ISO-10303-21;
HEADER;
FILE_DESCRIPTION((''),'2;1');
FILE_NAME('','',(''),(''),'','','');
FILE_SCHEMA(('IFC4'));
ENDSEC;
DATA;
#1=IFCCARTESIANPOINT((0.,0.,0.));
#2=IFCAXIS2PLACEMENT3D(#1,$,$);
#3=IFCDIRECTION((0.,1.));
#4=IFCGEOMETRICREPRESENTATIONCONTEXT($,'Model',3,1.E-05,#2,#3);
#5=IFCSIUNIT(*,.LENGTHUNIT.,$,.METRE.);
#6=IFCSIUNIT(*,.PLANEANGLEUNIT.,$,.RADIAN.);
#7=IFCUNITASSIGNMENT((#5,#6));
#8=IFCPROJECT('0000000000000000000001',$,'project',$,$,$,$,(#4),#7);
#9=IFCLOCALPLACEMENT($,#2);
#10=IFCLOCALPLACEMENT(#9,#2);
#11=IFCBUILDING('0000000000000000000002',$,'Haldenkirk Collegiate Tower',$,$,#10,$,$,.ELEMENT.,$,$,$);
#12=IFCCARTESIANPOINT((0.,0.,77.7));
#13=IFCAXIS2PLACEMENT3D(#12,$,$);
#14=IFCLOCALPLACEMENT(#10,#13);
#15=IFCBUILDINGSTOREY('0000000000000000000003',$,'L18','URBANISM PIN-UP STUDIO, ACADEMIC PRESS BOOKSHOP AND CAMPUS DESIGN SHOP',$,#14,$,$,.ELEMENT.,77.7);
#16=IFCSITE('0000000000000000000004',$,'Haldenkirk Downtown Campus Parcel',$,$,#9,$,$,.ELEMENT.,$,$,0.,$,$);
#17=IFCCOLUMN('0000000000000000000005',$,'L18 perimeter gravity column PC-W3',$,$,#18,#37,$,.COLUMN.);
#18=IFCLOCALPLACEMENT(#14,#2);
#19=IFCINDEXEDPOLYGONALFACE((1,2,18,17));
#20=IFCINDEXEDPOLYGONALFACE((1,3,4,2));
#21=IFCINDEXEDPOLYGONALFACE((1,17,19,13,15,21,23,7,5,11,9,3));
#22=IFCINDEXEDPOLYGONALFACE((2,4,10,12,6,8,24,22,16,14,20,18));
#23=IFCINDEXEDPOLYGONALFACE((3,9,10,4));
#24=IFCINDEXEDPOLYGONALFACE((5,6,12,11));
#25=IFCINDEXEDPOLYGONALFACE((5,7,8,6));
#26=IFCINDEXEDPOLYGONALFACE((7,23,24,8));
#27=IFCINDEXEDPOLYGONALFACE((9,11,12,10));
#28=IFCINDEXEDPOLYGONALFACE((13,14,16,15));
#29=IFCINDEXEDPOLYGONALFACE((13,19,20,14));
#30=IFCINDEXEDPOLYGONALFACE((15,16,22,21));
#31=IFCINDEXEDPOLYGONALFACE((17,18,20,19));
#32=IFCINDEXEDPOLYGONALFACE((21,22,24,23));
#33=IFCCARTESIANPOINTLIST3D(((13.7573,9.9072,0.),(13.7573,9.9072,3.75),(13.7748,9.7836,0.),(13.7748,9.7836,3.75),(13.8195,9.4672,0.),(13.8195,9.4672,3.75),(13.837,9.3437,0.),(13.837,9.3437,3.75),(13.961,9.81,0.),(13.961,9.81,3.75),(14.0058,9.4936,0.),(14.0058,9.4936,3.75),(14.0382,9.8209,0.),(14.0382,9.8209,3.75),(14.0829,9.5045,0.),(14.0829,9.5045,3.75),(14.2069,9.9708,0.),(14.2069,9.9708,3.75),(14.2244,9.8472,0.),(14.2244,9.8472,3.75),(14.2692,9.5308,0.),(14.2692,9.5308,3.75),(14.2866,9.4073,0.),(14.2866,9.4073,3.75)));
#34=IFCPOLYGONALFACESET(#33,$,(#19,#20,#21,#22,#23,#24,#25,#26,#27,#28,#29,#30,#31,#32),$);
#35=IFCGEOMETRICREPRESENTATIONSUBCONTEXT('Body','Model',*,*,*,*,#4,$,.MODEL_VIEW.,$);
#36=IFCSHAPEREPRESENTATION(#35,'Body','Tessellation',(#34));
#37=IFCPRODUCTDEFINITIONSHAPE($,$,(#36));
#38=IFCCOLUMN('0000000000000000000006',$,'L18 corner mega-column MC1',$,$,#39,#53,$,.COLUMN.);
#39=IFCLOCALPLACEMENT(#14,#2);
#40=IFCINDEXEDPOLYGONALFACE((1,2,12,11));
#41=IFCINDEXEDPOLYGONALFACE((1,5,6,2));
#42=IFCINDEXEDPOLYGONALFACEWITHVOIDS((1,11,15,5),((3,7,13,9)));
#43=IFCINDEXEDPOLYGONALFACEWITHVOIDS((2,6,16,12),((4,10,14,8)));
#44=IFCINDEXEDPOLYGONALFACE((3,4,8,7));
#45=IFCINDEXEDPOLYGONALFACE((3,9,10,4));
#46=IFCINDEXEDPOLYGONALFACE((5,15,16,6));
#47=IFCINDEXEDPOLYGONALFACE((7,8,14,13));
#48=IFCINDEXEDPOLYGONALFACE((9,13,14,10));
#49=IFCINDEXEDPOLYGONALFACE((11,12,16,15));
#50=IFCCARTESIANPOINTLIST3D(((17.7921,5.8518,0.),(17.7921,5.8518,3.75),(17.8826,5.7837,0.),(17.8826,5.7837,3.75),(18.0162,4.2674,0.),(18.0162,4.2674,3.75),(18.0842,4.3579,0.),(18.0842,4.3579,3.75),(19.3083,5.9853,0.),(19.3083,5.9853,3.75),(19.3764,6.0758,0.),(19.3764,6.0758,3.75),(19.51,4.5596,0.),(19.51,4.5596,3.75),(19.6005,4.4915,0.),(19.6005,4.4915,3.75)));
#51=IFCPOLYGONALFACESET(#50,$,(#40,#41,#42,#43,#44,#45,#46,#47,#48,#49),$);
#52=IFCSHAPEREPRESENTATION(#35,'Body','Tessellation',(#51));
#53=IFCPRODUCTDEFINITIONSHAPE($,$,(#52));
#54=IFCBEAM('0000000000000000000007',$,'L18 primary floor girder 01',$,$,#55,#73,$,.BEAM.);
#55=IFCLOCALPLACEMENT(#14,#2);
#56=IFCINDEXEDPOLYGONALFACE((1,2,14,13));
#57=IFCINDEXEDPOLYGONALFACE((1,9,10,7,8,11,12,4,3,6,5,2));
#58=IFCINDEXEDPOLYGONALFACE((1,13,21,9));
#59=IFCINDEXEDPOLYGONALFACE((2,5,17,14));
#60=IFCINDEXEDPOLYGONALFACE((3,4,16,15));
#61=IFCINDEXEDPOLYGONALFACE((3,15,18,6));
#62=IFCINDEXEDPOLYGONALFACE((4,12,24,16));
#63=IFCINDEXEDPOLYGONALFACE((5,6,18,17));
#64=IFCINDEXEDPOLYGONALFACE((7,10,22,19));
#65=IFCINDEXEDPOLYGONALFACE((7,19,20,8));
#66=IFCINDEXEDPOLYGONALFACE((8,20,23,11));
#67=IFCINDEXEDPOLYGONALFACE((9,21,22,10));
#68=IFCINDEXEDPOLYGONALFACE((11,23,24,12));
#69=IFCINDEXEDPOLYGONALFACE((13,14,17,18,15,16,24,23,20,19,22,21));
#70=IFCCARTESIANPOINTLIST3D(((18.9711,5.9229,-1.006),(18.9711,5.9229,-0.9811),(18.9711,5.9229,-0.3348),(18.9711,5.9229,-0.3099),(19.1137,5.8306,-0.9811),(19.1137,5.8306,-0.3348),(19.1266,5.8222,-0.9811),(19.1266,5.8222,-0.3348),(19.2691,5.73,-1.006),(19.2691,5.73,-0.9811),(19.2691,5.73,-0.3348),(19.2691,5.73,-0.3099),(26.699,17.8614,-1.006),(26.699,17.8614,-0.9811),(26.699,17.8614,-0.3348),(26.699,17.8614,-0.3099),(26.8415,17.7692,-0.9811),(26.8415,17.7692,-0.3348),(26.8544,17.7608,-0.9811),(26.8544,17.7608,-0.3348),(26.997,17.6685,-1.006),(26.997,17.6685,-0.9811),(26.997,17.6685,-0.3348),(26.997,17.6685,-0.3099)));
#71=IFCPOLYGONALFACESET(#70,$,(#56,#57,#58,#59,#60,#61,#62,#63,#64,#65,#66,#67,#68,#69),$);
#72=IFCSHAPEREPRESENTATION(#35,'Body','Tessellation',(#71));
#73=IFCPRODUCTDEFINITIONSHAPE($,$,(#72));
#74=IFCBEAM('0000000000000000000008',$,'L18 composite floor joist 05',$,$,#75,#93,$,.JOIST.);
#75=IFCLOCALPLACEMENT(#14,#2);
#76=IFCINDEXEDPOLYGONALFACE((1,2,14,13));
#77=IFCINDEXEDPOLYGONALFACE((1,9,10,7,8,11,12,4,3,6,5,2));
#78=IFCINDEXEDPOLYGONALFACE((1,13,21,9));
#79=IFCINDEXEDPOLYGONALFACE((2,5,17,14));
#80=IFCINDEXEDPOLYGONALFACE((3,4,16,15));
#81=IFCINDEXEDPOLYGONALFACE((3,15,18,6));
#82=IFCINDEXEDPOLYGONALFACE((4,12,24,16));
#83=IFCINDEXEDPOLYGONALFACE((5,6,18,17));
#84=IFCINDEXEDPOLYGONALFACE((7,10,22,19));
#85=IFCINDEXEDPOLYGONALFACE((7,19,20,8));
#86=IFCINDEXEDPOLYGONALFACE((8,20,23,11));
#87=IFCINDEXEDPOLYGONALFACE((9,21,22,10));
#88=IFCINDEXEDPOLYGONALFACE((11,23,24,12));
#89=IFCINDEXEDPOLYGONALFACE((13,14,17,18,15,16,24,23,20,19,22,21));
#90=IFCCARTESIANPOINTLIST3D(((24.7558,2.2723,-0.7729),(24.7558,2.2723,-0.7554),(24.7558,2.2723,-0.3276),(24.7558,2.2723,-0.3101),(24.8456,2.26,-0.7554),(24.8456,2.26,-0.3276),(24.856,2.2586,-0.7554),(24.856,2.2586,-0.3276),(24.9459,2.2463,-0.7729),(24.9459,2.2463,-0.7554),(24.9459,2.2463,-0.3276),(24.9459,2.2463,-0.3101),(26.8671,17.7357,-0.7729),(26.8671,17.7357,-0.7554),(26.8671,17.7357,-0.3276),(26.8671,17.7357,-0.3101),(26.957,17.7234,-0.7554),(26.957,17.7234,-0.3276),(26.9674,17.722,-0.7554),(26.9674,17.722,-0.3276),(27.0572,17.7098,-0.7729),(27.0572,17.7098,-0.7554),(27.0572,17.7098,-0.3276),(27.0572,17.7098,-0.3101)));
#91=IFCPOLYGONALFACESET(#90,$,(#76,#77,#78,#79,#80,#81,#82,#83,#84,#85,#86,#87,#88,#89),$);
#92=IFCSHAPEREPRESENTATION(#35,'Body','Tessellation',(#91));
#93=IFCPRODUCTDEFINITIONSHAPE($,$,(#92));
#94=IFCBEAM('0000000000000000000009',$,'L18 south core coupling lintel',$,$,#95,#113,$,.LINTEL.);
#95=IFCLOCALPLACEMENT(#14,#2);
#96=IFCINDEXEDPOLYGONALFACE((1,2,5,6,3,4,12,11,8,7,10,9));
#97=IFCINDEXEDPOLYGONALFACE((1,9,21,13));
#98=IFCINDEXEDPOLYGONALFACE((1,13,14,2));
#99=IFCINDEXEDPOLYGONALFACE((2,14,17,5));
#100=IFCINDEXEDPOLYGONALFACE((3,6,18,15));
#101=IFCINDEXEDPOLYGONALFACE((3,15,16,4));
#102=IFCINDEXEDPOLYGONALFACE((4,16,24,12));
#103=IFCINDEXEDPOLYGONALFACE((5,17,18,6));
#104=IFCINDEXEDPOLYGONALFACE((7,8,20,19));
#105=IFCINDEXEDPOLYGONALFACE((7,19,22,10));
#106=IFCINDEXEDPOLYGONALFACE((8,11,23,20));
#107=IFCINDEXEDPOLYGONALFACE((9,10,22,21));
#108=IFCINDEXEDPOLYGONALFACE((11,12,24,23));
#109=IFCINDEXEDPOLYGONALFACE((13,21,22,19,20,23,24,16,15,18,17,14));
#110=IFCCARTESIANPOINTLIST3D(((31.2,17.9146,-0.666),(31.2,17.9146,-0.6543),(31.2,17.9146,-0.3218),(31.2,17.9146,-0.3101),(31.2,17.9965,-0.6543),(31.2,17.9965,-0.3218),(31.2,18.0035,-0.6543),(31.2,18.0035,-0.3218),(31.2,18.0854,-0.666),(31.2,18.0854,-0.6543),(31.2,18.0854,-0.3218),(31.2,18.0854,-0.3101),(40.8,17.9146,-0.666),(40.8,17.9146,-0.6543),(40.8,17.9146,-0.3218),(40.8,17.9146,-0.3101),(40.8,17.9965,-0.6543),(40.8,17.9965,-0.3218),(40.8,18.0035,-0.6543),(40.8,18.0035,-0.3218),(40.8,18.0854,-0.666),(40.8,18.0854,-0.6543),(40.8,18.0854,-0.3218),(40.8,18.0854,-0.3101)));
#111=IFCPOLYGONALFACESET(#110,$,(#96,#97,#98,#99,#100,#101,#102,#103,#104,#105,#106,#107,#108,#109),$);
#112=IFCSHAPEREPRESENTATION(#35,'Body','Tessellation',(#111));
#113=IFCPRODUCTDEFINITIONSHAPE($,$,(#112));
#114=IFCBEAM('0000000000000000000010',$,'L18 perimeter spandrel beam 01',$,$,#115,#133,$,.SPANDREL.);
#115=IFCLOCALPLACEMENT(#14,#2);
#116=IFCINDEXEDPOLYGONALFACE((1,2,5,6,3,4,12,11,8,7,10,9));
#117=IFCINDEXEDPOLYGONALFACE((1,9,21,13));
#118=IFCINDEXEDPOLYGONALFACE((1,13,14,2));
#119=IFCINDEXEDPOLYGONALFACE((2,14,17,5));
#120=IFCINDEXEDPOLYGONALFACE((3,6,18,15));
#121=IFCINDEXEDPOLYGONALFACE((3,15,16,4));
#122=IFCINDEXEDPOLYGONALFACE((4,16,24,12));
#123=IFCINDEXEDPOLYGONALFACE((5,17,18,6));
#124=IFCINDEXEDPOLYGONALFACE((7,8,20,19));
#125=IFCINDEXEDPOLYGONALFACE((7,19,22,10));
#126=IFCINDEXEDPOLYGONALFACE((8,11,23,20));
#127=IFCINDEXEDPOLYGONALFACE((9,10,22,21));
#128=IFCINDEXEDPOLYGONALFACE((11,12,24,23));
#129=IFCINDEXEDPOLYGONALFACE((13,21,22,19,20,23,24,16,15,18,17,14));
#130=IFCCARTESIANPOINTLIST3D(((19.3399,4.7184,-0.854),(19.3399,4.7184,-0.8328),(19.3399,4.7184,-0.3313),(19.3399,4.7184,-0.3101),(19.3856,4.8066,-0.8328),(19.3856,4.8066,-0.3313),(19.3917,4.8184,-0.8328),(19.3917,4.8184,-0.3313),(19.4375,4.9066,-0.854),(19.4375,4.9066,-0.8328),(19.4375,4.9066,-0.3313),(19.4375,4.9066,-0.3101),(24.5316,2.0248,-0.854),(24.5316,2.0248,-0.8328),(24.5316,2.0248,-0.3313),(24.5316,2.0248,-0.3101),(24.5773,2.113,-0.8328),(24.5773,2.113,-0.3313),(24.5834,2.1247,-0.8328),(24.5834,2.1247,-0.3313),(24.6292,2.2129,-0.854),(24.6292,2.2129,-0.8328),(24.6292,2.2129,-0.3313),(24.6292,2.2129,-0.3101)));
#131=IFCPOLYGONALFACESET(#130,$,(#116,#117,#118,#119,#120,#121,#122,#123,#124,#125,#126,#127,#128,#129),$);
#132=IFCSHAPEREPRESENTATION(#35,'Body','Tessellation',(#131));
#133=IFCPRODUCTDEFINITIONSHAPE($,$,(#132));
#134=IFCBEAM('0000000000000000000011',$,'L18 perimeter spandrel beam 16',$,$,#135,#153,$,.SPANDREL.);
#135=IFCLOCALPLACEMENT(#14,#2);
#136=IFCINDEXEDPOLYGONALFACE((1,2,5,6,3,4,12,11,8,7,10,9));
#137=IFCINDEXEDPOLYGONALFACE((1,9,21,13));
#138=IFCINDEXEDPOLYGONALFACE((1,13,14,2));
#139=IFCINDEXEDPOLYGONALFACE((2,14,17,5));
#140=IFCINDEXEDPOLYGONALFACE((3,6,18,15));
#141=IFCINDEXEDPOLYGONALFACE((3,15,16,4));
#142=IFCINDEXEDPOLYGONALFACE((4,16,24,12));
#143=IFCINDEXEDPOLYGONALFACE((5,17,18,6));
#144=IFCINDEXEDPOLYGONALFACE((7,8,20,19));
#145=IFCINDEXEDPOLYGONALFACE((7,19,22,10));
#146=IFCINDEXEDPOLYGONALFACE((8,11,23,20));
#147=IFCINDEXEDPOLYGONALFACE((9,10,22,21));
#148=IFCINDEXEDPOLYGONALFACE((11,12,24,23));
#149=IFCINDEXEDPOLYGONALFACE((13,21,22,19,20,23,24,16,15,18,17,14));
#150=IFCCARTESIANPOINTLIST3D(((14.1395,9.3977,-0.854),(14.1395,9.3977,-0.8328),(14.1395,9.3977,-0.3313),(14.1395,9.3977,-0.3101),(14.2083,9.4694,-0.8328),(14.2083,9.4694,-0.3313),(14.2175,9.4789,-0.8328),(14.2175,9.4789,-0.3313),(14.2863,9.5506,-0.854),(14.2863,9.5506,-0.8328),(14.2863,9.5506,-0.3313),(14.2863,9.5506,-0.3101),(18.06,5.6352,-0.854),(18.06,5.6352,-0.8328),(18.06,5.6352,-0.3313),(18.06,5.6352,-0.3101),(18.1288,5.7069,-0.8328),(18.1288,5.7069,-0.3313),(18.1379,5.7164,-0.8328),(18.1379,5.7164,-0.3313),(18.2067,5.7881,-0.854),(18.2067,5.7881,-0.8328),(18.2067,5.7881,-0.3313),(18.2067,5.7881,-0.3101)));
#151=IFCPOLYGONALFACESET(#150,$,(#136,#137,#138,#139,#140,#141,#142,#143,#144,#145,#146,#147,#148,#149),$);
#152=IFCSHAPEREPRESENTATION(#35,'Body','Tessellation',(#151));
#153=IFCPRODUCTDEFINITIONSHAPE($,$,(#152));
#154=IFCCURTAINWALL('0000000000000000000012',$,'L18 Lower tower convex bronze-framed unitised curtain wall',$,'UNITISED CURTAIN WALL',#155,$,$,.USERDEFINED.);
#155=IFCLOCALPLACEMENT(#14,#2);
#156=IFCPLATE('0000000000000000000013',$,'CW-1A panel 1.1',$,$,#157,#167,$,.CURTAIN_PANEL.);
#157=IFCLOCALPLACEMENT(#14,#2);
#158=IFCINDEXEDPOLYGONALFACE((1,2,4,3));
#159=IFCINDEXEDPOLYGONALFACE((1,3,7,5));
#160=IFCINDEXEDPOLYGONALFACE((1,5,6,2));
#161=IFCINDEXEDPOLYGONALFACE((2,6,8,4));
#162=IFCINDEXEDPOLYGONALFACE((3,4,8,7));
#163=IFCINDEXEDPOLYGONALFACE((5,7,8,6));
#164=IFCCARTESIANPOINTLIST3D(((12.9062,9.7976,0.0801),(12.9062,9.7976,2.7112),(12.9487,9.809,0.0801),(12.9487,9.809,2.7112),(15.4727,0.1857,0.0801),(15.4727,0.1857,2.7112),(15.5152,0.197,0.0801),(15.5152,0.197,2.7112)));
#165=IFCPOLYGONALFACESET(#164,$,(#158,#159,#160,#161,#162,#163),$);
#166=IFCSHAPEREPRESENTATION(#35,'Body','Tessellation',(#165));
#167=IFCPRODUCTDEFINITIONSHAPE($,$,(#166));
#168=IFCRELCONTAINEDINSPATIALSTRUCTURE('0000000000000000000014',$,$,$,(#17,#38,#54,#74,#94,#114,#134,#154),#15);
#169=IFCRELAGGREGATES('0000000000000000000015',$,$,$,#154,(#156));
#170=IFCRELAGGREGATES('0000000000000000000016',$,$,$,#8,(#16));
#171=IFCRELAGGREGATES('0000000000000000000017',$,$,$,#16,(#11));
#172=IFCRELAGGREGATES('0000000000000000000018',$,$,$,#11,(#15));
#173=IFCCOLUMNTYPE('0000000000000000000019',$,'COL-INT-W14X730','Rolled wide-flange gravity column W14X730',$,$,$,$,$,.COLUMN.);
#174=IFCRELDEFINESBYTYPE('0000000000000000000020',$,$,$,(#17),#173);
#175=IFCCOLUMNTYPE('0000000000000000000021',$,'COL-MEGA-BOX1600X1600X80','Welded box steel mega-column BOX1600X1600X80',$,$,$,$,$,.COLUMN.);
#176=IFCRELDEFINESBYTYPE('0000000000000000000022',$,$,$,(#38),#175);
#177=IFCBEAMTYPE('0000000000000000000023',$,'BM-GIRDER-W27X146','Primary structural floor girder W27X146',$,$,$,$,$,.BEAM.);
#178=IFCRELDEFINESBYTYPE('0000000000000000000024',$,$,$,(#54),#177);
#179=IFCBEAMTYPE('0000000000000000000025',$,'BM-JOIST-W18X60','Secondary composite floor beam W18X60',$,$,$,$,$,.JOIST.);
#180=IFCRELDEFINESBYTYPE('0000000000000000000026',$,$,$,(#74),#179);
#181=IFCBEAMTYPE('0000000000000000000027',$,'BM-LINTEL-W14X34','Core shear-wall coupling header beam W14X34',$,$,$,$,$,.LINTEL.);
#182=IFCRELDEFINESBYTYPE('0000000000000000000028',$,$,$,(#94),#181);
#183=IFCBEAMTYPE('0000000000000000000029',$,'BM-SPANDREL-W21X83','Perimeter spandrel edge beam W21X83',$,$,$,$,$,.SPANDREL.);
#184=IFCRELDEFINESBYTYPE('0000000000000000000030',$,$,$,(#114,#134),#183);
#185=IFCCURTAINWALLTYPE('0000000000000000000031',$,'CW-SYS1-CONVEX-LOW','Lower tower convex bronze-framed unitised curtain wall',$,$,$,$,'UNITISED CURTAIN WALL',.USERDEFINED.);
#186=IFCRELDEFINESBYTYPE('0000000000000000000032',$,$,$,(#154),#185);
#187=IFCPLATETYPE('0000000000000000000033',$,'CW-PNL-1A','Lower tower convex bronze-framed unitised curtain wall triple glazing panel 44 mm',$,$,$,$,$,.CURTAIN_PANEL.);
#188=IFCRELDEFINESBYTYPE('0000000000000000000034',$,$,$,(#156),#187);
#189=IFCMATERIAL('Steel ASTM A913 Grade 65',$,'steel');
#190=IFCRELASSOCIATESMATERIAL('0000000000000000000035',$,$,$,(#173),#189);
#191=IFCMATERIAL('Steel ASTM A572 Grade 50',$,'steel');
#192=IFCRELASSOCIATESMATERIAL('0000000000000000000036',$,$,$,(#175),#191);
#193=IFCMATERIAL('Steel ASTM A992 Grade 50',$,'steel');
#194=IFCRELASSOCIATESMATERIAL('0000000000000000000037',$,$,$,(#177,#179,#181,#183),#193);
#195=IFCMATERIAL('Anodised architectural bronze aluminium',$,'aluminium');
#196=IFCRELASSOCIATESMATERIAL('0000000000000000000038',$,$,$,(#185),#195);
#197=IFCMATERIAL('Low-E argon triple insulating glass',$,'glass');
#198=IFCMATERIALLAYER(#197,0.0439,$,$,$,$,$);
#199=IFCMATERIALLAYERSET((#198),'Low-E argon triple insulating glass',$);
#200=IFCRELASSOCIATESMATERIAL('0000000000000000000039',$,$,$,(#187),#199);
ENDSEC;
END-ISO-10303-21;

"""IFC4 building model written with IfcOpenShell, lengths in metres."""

from ifc_helpers import new_model, si_unit, direction, frame, origin, origin_2d, place, context, subcontext, project, spatial, rectangle, hollow_rectangle, i_section, extrude, source, transform, mapped, material, layer, layer_set, material_profile, profile_set, type_object, element, aggregate, save


model = new_model("IFC4")

# Units and contexts
model_context = context("Model", 3, precision=1e-05, world=origin(), true_north=direction((0.0, 1.0)))
body_context = subcontext(model_context, "Body", "Model", "MODEL_VIEW")
ifc_project = project(units=[si_unit("LENGTHUNIT", "METRE"), si_unit("PLANEANGLEUNIT", "RADIAN")], contexts=[model_context])

# Site, building, storey
site_placement = place(None, origin())
site = spatial("IfcSite", under=ifc_project, at=site_placement, Name="Haldenkirk Downtown Campus Parcel", CompositionType="ELEMENT", RefElevation=0.0)
building_placement = place(site_placement, origin())
building = spatial("IfcBuilding", under=site, at=building_placement, Name="Haldenkirk Collegiate Tower", CompositionType="ELEMENT")
storey_placement = place(building_placement, frame((0.0, 0.0, 77.7)))
storey = spatial("IfcBuildingStorey", under=building, at=storey_placement, Name="L18", Description="URBANISM PIN-UP STUDIO, ACADEMIC PRESS BOOKSHOP AND CAMPUS DESIGN SHOP", CompositionType="ELEMENT", Elevation=77.7)

# Columns
ifc_material_1 = material(Name="Steel ASTM A913 Grade 65", Category="steel")
ifc_material_profile_1 = material_profile(ifc_material_1, i_section(OverallWidth=0.4541, OverallDepth=0.5691, WebThickness=0.0779, FlangeThickness=0.1248, at=origin_2d()), Name="W14X730")
ifc_profile_set_1 = profile_set([ifc_material_profile_1], Name="Steel ASTM A913 Grade 65")
column_type_1 = type_object("IfcColumnType", Name="COL-INT-W14X730", Description="Rolled wide-flange gravity column W14X730", PredefinedType="COLUMN", material=ifc_profile_set_1)
column_1_placement = place(storey_placement, frame((14.022, 9.6572, 0.0), z_axis=(0.0, 0.0, 1.0), x_axis=(0.990146, 0.140037, 0.0)))
element("IfcColumn", 1, at=column_1_placement, inside=storey, type_object=column_type_1, Name="L18 perimeter gravity column PC-W3", PredefinedType="COLUMN", context=body_context, shape_type="SweptSolid", body=[
    extrude(i_section(OverallWidth=0.4541, OverallDepth=0.5691, WebThickness=0.0779, FlangeThickness=0.1248, at=origin_2d()), origin(), (0.0, 0.0, 1.0), 3.75),
])
ifc_material_2 = material(Name="Steel ASTM A572 Grade 50", Category="steel")
ifc_material_profile_2 = material_profile(ifc_material_2, hollow_rectangle(XDim=1.6001, YDim=1.6001, WallThickness=0.0801, at=origin_2d()), Name="BOX1600X1600X80")
ifc_profile_set_2 = profile_set([ifc_material_profile_2], Name="Steel ASTM A572 Grade 50")
column_type_2 = type_object("IfcColumnType", Name="COL-MEGA-BOX1600X1600X80", Description="Welded box steel mega-column BOX1600X1600X80", PredefinedType="COLUMN", material=ifc_profile_set_2)
column_2_placement = place(storey_placement, frame((18.6963, 5.1716, 0.0), z_axis=(0.0, 0.0, 1.0), x_axis=(0.990146, 0.140037, 0.0)))
element("IfcColumn", 2, at=column_2_placement, inside=storey, type_object=column_type_2, Name="L18 corner mega-column MC1", PredefinedType="COLUMN", context=body_context, shape_type="SweptSolid", body=[
    extrude(hollow_rectangle(XDim=1.6001, YDim=1.6001, WallThickness=0.0801, at=origin_2d()), origin(), (0.0, 0.0, 1.0), 3.75),
])

# Beams
ifc_material_3 = material(Name="Steel ASTM A992 Grade 50", Category="steel")
ifc_material_profile_3 = material_profile(ifc_material_3, i_section(OverallWidth=0.355, OverallDepth=0.696, WebThickness=0.0154, FlangeThickness=0.0249, at=origin_2d()), Name="W27X146")
ifc_profile_set_3 = profile_set([ifc_material_profile_3], Name="Steel ASTM A992 Grade 50")
beam_type_1 = type_object("IfcBeamType", Name="BM-GIRDER-W27X146", Description="Primary structural floor girder W27X146", PredefinedType="BEAM", material=ifc_profile_set_3)
beam_1_placement = place(storey_placement, frame((19.1201, 5.8264, -0.658), z_axis=(0.543394, 0.839478, 0.0), x_axis=(-0.839478, 0.543394, 0.0)))
element("IfcBeam", 3, at=beam_1_placement, inside=storey, type_object=beam_type_1, Name="L18 primary floor girder 01", PredefinedType="BEAM", context=body_context, shape_type="SweptSolid", body=[
    extrude(i_section(OverallWidth=0.355, OverallDepth=0.696, WebThickness=0.0154, FlangeThickness=0.0249, at=origin_2d()), origin(), (0.0, 0.0, 1.0), 14.2214),
])
ifc_material_profile_4 = material_profile(ifc_material_3, i_section(OverallWidth=0.1919, OverallDepth=0.4629, WebThickness=0.0105, FlangeThickness=0.0176, at=origin_2d()), Name="W18X60")
ifc_profile_set_4 = profile_set([ifc_material_profile_4], Name="Steel ASTM A992 Grade 50")
beam_type_2 = type_object("IfcBeamType", Name="BM-JOIST-W18X60", Description="Secondary composite floor beam W18X60", PredefinedType="JOIST", material=ifc_profile_set_4)
beam_2_placement = place(storey_placement, frame((24.8508, 2.2593, -0.5415), z_axis=(0.135282, 0.990807, 0.0), x_axis=(-0.990807, 0.135282, 0.0)))
element("IfcBeam", 4, at=beam_2_placement, inside=storey, type_object=beam_type_2, Name="L18 composite floor joist 05", PredefinedType="JOIST", context=body_context, shape_type="SweptSolid", body=[
    extrude(i_section(OverallWidth=0.1919, OverallDepth=0.4629, WebThickness=0.0105, FlangeThickness=0.0176, at=origin_2d()), origin(), (0.0, 0.0, 1.0), 15.6069),
])
ifc_material_profile_5 = material_profile(ifc_material_3, i_section(OverallWidth=0.1709, OverallDepth=0.356, WebThickness=0.0071, FlangeThickness=0.0117, at=origin_2d()), Name="W14X34")
ifc_profile_set_5 = profile_set([ifc_material_profile_5], Name="Steel ASTM A992 Grade 50")
beam_type_3 = type_object("IfcBeamType", Name="BM-LINTEL-W14X34", Description="Core shear-wall coupling header beam W14X34", PredefinedType="LINTEL", material=ifc_profile_set_5)
beam_3_placement = place(storey_placement, frame((31.2, 18.0, -0.488), z_axis=(1.0, 0.0, 0.0), x_axis=(0.0, 1.0, 0.0)))
element("IfcBeam", 5, at=beam_3_placement, inside=storey, type_object=beam_type_3, Name="L18 south core coupling lintel", PredefinedType="LINTEL", context=body_context, shape_type="SweptSolid", body=[
    extrude(i_section(OverallWidth=0.1709, OverallDepth=0.356, WebThickness=0.0071, FlangeThickness=0.0117, at=origin_2d()), origin(), (0.0, 0.0, 1.0), 9.6001),
])
ifc_material_profile_6 = material_profile(ifc_material_3, i_section(OverallWidth=0.2119, OverallDepth=0.5439, WebThickness=0.0132, FlangeThickness=0.0212, at=origin_2d()), Name="W21X83")
ifc_profile_set_6 = profile_set([ifc_material_profile_6], Name="Steel ASTM A992 Grade 50")
beam_type_4 = type_object("IfcBeamType", Name="BM-SPANDREL-W21X83", Description="Perimeter spandrel edge beam W21X83", PredefinedType="SPANDREL", material=ifc_profile_set_6)
beam_4_placement = place(storey_placement, frame((19.3887, 4.8125, -0.582), z_axis=(0.88764, -0.460538, 0.0), x_axis=(0.460538, 0.88764, 0.0)))
element("IfcBeam", 6, at=beam_4_placement, inside=storey, type_object=beam_type_4, Name="L18 perimeter spandrel beam 01", PredefinedType="SPANDREL", context=body_context, shape_type="SweptSolid", body=[
    extrude(i_section(OverallWidth=0.2119, OverallDepth=0.5439, WebThickness=0.0132, FlangeThickness=0.0212, at=origin_2d()), origin(), (0.0, 0.0, 1.0), 5.8489),
])
beam_5_placement = place(storey_placement, frame((14.2129, 9.4741, -0.582), z_axis=(0.721492, -0.692422, 0.0), x_axis=(0.692422, 0.721492, 0.0)))
element("IfcBeam", 7, at=beam_5_placement, inside=storey, type_object=beam_type_4, Name="L18 perimeter spandrel beam 16", PredefinedType="SPANDREL", context=body_context, shape_type="SweptSolid", body=[
    extrude(i_section(OverallWidth=0.2119, OverallDepth=0.5439, WebThickness=0.0132, FlangeThickness=0.0212, at=origin_2d()), origin(), (0.0, 0.0, 1.0), 5.4338),
])

# Curtain wall, plate
ifc_material_4 = material(Name="Anodised architectural bronze aluminium", Category="aluminium")
curtain_wall_type = type_object("IfcCurtainWallType", Name="CW-SYS1-CONVEX-LOW", Description="Lower tower convex bronze-framed unitised curtain wall", ElementType="UNITISED CURTAIN WALL", PredefinedType="USERDEFINED", material=ifc_material_4)
curtain_wall_placement = place(storey_placement, origin())
curtain_wall = element("IfcCurtainWall", 8, at=curtain_wall_placement, inside=storey, type_object=curtain_wall_type, Name="L18 Lower tower convex bronze-framed unitised curtain wall", ObjectType="UNITISED CURTAIN WALL", PredefinedType="USERDEFINED")
ifc_material_5 = material(Name="Low-E argon triple insulating glass", Category="glass")
ifc_layer_1 = layer(ifc_material_5, 0.0439)
ifc_layer_set_1 = layer_set([ifc_layer_1], Name="Low-E argon triple insulating glass")
plate_type = type_object("IfcPlateType", Name="CW-PNL-1A", Description="Lower tower convex bronze-framed unitised curtain wall triple glazing panel 44 mm", PredefinedType="CURTAIN_PANEL", material=ifc_layer_set_1)
shared_shape = source(origin(), body_context, "Body", "SweptSolid", [
    extrude(rectangle(XDim=9.9487, YDim=0.0439, at=origin_2d()), origin(), (0.0, 0.0, 1.0), 2.6311),
])
plate_placement = place(storey_placement, frame((14.2107, 4.9973, 0.0801), z_axis=(0.0, 0.0, 1.0), x_axis=(-0.257974, 0.966152, 0.0)))
plate = element("IfcPlate", 9, at=plate_placement, type_object=plate_type, Name="CW-1A panel 1.1", PredefinedType="CURTAIN_PANEL", context=body_context, shape_type="MappedRepresentation", body=[
    mapped(shared_shape, transform((0.0, 0.0, 0.0), x_axis=(1.0, 0.0, 0.0), y_axis=(0.0, 1.0, 0.0), z_axis=(0.0, 0.0, 1.0), scale=1.0)),
])
aggregate(curtain_wall, [plate])

save(model, "model.ifc")
